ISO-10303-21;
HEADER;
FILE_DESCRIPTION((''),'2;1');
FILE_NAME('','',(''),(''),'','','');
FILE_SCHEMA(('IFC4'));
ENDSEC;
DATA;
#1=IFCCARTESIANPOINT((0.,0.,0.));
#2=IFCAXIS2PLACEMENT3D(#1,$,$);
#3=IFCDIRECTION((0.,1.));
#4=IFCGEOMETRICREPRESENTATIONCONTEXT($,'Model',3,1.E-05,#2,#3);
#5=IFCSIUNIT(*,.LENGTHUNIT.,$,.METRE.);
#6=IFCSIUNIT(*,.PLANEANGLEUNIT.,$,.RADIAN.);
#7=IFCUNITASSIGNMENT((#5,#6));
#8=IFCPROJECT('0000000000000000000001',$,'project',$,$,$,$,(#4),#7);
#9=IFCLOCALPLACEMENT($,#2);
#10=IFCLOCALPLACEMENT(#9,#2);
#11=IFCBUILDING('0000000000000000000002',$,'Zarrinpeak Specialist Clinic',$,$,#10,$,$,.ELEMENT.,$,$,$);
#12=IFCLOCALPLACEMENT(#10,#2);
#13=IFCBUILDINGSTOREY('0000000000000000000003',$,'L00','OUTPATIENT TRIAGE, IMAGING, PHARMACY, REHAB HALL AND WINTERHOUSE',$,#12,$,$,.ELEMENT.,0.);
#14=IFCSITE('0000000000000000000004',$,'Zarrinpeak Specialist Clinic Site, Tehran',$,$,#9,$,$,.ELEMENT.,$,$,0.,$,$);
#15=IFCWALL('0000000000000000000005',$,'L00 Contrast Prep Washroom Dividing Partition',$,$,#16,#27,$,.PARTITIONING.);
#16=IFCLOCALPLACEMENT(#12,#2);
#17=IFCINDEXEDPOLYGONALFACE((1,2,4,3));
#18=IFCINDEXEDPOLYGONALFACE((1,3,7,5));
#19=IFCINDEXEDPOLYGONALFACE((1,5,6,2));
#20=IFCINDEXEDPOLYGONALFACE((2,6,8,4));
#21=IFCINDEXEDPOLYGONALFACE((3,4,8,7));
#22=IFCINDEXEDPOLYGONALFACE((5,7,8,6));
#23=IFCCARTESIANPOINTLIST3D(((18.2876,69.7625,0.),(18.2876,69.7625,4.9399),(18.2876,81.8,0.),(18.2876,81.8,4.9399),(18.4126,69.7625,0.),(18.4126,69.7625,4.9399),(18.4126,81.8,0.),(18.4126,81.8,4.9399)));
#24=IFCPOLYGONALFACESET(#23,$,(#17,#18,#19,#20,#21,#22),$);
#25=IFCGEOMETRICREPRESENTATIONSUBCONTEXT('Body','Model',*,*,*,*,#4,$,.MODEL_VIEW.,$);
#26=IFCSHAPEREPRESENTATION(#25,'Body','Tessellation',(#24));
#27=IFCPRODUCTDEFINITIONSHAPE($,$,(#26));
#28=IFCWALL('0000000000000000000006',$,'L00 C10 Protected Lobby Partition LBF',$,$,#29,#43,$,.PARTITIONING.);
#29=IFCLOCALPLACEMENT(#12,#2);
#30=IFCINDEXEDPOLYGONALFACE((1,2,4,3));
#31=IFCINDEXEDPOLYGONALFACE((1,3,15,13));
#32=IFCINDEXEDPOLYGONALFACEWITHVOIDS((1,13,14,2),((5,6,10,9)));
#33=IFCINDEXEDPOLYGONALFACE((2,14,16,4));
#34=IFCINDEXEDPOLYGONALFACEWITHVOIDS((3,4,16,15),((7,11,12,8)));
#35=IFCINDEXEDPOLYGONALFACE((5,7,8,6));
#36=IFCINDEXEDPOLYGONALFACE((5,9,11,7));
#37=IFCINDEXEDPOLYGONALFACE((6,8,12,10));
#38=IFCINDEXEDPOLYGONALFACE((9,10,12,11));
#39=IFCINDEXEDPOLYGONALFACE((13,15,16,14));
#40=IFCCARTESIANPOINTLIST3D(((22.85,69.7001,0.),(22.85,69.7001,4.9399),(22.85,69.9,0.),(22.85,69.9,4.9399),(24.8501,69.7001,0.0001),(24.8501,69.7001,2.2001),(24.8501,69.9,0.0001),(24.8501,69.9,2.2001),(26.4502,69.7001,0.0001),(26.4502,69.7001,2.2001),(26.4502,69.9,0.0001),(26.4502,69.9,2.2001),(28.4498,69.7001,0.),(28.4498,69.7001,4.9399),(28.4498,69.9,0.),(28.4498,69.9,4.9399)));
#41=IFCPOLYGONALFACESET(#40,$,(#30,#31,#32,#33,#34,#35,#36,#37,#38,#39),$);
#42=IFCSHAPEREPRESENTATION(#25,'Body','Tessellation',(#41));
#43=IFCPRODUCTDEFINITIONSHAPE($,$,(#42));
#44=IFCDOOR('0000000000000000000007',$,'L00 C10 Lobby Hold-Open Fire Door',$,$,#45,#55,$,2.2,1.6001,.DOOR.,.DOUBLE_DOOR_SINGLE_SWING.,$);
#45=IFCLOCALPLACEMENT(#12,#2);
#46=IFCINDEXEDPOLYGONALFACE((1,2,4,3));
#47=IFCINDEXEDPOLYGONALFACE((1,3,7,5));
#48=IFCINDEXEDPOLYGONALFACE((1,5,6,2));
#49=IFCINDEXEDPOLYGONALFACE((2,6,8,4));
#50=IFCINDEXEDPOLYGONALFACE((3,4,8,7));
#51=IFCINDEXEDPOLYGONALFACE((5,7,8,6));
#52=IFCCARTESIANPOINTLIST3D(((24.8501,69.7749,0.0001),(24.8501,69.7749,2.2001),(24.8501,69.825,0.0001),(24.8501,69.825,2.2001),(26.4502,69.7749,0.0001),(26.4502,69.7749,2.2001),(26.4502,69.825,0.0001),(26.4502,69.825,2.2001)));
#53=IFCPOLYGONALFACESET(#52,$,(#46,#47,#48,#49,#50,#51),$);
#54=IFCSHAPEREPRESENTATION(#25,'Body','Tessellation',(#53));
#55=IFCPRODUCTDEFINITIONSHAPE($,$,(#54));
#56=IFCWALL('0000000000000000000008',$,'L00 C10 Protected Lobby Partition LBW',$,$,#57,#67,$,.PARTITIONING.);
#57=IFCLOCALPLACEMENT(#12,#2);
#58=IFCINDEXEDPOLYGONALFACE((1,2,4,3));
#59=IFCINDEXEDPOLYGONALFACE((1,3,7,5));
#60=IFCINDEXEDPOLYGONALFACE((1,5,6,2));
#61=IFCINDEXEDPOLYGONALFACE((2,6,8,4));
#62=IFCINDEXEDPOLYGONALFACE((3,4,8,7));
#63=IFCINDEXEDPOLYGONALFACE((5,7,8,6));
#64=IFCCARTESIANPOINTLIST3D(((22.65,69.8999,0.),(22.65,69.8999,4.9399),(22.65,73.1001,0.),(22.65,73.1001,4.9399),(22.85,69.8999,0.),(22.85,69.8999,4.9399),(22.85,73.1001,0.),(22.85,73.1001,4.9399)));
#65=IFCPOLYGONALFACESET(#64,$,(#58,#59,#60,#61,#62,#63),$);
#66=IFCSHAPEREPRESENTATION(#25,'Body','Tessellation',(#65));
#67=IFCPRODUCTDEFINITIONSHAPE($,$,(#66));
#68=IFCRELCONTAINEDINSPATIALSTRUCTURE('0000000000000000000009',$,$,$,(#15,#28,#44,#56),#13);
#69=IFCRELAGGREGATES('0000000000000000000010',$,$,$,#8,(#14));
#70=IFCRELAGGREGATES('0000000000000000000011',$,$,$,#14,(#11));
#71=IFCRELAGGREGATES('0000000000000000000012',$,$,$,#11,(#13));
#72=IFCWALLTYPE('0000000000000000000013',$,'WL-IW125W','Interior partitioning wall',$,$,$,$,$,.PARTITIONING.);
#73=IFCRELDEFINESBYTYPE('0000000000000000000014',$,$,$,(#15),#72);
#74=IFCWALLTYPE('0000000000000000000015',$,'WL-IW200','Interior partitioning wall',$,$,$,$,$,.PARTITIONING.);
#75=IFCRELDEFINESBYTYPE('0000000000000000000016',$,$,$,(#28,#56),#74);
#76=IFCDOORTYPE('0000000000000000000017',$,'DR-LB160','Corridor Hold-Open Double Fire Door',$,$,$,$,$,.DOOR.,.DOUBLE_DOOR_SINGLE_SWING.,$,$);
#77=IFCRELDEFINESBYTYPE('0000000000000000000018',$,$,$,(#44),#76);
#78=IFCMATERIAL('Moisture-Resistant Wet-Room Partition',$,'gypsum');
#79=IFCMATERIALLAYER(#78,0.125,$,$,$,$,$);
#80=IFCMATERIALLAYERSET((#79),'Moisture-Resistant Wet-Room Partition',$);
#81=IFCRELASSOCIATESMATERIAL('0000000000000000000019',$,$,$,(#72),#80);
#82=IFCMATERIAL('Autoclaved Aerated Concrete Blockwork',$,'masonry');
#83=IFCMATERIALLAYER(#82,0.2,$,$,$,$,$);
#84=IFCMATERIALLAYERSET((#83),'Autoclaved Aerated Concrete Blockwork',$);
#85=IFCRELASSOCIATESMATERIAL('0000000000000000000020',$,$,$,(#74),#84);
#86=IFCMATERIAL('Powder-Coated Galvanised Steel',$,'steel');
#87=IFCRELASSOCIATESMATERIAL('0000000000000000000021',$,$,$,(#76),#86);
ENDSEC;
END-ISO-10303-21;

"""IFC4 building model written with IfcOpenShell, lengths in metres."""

from ifc_helpers import new_model, si_unit, direction, frame, frame_2d, origin, place, context, subcontext, project, spatial, rectangle, extrude, material, layer, layer_set, type_object, element, fill, save


model = new_model("IFC4")

# Units and contexts
model_context = context("Model", 3, precision=1e-05, world=origin(), true_north=direction((0.0, 1.0)))
body_context = subcontext(model_context, "Body", "Model", "MODEL_VIEW")
ifc_project = project(units=[si_unit("LENGTHUNIT", "METRE"), si_unit("PLANEANGLEUNIT", "RADIAN")], contexts=[model_context])

# Site, building, storey
site_placement = place(None, origin())
site = spatial("IfcSite", under=ifc_project, at=site_placement, Name="Zarrinpeak Specialist Clinic Site, Tehran", CompositionType="ELEMENT", RefElevation=0.0)
building_placement = place(site_placement, origin())
building = spatial("IfcBuilding", under=site, at=building_placement, Name="Zarrinpeak Specialist Clinic", CompositionType="ELEMENT")
storey_placement = place(building_placement, origin())
storey = spatial("IfcBuildingStorey", under=building, at=storey_placement, Name="L00", Description="OUTPATIENT TRIAGE, IMAGING, PHARMACY, REHAB HALL AND WINTERHOUSE", CompositionType="ELEMENT", Elevation=0.0)

# Shared definitions
ifc_material_1 = material(Name="Powder-Coated Galvanised Steel", Category="steel")

# Wall
ifc_material_2 = material(Name="Moisture-Resistant Wet-Room Partition", Category="gypsum")
ifc_layer_1 = layer(ifc_material_2, 0.125)
ifc_layer_set_1 = layer_set([ifc_layer_1], Name="Moisture-Resistant Wet-Room Partition")
wall_type_1 = type_object("IfcWallType", Name="WL-IW125W", Description="Interior partitioning wall", PredefinedType="PARTITIONING", material=ifc_layer_set_1)
wall_1_placement = place(storey_placement, frame((18.3501, 69.7625, 0.0), z_axis=(0.0, 0.0, 1.0), x_axis=(0.0, 1.0, 0.0)))
element("IfcWall", 1, at=wall_1_placement, inside=storey, type_object=wall_type_1, Name="L00 Contrast Prep Washroom Dividing Partition", PredefinedType="PARTITIONING", context=body_context, shape_type="SweptSolid", body=[
    extrude(rectangle(XDim=12.0376, YDim=0.125, at=frame_2d((6.0188, 0.0))), origin(), (0.0, 0.0, 1.0), 4.9399),
])

# Wall, opening, door
ifc_material_3 = material(Name="Autoclaved Aerated Concrete Blockwork", Category="masonry")
ifc_layer_2 = layer(ifc_material_3, 0.2)
ifc_layer_set_2 = layer_set([ifc_layer_2], Name="Autoclaved Aerated Concrete Blockwork")
wall_type_2 = type_object("IfcWallType", Name="WL-IW200", Description="Interior partitioning wall", PredefinedType="PARTITIONING", material=ifc_layer_set_2)
wall_2_placement = place(storey_placement, frame((22.8501, 69.8, 0.0), z_axis=(0.0, 0.0, 1.0), x_axis=(1.0, 0.0, 0.0)))
wall_2 = element("IfcWall", 2, at=wall_2_placement, inside=storey, type_object=wall_type_2, Name="L00 C10 Protected Lobby Partition LBF", PredefinedType="PARTITIONING", context=body_context, shape_type="SweptSolid", body=[
    extrude(rectangle(XDim=5.5999, YDim=0.2, at=frame_2d((2.7998, 0.0))), origin(), (0.0, 0.0, 1.0), 4.9399),
])
opening_1_placement = place(wall_2_placement, frame((2.0, 0.0, 0.0)))
opening_1 = element("IfcOpeningElement", 3, at=opening_1_placement, cuts=wall_2, PredefinedType="OPENING", context=body_context, shape_type="SweptSolid", body=[
    extrude(rectangle(XDim=1.6001, YDim=2.2, at=frame_2d((0.8, 1.1001))), frame((0.0, 0.1099, 0.0), z_axis=(0.0, -1.0, 0.0), x_axis=(1.0, 0.0, 0.0)), (0.0, 0.0, 1.0), 0.22),
])
door_type_1 = type_object("IfcDoorType", Name="DR-LB160", Description="Corridor Hold-Open Double Fire Door", OperationType="DOUBLE_DOOR_SINGLE_SWING", PredefinedType="DOOR", material=ifc_material_1)
door_1_placement = place(opening_1_placement, origin())
door_1 = element("IfcDoor", 4, at=door_1_placement, inside=storey, type_object=door_type_1, Name="L00 C10 Lobby Hold-Open Fire Door", OperationType="DOUBLE_DOOR_SINGLE_SWING", OverallHeight=2.2, OverallWidth=1.6001, PredefinedType="DOOR", context=body_context, shape_type="SweptSolid", body=[
    extrude(rectangle(XDim=1.6001, YDim=2.2, at=frame_2d((0.8, 1.1001))), frame((0.0, 0.0249, 0.0), z_axis=(0.0, -1.0, 0.0), x_axis=(1.0, 0.0, 0.0)), (0.0, 0.0, 1.0), 0.05),
])
fill(opening_1, door_1)

# Wall
wall_3_placement = place(storey_placement, frame((22.75, 69.8999, 0.0), z_axis=(0.0, 0.0, 1.0), x_axis=(0.0, 1.0, 0.0)))
element("IfcWall", 5, at=wall_3_placement, inside=storey, type_object=wall_type_2, Name="L00 C10 Protected Lobby Partition LBW", PredefinedType="PARTITIONING", context=body_context, shape_type="SweptSolid", body=[
    extrude(rectangle(XDim=3.2002, YDim=0.2, at=frame_2d((1.6001, 0.0))), origin(), (0.0, 0.0, 1.0), 4.9399),
])

save(model, "model.ifc")
